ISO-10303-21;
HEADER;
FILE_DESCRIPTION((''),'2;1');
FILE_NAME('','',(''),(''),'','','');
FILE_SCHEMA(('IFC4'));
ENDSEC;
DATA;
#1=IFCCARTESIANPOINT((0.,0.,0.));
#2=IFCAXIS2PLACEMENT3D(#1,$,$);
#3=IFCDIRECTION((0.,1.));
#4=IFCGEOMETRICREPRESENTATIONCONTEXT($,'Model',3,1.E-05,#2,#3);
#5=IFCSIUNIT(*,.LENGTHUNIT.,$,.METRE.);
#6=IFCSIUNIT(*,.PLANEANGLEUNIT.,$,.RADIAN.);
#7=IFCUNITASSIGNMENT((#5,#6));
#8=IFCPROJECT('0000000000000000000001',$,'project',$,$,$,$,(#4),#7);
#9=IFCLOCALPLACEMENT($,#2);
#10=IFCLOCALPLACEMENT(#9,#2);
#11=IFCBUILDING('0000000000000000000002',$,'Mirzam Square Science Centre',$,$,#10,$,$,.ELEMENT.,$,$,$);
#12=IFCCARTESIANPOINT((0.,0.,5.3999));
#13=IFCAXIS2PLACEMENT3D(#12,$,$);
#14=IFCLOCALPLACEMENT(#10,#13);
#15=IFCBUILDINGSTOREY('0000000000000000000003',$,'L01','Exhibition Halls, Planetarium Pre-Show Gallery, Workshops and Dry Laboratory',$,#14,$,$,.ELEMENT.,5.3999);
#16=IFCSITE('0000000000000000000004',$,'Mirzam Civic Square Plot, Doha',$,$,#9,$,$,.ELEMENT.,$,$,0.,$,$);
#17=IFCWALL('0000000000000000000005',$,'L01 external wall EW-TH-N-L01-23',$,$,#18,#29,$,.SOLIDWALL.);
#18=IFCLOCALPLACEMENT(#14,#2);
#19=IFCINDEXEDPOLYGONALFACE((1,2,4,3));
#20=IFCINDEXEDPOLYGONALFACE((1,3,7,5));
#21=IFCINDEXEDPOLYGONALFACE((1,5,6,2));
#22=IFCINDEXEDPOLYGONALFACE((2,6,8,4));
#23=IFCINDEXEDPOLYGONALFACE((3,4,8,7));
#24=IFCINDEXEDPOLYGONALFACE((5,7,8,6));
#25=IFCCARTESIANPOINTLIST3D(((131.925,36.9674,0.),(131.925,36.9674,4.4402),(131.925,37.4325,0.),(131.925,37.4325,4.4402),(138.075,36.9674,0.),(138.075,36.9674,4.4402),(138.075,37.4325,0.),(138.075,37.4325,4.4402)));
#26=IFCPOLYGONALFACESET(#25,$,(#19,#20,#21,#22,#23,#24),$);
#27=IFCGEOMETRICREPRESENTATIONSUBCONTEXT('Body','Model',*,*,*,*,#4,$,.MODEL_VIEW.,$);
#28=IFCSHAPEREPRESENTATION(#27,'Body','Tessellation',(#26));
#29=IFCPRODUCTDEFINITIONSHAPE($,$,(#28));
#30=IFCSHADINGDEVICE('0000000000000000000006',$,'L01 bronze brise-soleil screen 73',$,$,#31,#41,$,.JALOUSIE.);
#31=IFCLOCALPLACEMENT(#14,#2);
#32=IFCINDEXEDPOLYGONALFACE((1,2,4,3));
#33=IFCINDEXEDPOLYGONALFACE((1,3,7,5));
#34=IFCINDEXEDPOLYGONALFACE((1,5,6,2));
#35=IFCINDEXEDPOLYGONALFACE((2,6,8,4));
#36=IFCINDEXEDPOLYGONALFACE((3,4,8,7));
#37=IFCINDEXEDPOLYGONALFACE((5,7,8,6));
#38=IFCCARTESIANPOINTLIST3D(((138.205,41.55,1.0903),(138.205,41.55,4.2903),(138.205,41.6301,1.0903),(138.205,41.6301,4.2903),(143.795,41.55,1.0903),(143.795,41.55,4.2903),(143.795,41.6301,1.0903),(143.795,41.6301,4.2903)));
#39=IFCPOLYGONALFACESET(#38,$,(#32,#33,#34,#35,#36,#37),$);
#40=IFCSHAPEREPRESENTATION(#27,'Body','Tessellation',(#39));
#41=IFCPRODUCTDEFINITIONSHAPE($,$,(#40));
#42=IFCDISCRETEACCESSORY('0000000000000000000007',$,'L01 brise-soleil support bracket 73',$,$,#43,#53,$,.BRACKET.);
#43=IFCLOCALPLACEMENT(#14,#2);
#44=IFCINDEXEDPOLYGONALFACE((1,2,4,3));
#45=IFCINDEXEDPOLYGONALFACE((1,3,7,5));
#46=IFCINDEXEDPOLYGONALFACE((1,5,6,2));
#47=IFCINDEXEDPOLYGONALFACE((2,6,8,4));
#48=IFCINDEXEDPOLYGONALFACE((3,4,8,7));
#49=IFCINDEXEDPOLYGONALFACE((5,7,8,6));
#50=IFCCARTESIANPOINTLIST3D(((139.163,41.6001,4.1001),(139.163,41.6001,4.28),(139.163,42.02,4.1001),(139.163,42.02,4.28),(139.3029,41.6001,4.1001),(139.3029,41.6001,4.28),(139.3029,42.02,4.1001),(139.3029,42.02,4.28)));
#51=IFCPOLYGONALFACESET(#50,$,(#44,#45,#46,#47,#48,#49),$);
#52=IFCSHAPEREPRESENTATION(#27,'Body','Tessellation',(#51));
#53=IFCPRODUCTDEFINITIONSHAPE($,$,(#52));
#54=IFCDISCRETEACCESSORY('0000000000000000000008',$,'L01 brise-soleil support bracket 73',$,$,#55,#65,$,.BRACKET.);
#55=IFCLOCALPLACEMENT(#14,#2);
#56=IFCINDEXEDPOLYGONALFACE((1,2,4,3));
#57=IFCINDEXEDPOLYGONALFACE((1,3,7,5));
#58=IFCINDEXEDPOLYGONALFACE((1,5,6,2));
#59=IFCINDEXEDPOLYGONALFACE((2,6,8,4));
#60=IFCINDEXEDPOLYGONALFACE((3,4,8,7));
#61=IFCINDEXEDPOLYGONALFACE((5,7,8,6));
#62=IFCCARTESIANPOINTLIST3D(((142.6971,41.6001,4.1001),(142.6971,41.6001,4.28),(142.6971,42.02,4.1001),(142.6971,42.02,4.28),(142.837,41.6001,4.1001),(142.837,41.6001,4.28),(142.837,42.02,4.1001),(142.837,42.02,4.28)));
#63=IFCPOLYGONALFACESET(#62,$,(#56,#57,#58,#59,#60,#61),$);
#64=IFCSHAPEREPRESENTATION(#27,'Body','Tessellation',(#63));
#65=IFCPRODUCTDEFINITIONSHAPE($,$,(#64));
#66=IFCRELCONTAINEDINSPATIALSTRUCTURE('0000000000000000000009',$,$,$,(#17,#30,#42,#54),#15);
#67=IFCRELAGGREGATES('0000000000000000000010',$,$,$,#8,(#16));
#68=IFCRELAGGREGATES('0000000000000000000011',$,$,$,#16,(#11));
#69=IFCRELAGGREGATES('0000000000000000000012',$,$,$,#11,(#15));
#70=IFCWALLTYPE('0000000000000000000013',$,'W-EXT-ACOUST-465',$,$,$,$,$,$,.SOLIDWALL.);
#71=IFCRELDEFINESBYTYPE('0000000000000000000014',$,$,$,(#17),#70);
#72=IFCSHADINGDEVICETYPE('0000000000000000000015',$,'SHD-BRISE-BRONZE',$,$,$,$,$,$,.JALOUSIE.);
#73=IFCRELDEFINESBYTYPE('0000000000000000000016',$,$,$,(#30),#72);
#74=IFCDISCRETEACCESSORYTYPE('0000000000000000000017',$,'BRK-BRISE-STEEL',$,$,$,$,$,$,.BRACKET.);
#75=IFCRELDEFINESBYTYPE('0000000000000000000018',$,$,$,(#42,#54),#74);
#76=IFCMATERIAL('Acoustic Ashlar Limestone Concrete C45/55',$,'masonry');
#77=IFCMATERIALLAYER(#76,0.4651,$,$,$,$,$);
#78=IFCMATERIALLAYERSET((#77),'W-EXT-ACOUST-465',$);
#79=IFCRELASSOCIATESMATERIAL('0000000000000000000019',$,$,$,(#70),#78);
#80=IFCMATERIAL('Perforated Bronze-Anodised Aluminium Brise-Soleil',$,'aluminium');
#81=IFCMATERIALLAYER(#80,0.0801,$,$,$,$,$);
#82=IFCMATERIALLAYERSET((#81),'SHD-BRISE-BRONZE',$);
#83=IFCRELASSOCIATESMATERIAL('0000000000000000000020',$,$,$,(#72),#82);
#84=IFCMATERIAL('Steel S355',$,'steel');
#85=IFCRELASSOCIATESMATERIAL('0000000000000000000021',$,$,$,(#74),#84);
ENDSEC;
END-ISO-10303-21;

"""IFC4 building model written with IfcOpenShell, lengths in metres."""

from ifc_helpers import new_model, si_unit, direction, frame, frame_2d, origin, origin_2d, place, context, subcontext, project, spatial, rectangle, extrude, material, layer, layer_set, type_object, element, save


model = new_model("IFC4")

# Units and contexts
model_context = context("Model", 3, precision=1e-05, world=origin(), true_north=direction((0.0, 1.0)))
body_context = subcontext(model_context, "Body", "Model", "MODEL_VIEW")
ifc_project = project(units=[si_unit("LENGTHUNIT", "METRE"), si_unit("PLANEANGLEUNIT", "RADIAN")], contexts=[model_context])

# Site, building, storey
site_placement = place(None, origin())
site = spatial("IfcSite", under=ifc_project, at=site_placement, Name="Mirzam Civic Square Plot, Doha", CompositionType="ELEMENT", RefElevation=0.0)
building_placement = place(site_placement, origin())
building = spatial("IfcBuilding", under=site, at=building_placement, Name="Mirzam Square Science Centre", CompositionType="ELEMENT")
storey_placement = place(building_placement, frame((0.0, 0.0, 5.3999)))
storey = spatial("IfcBuildingStorey", under=building, at=storey_placement, Name="L01", Description="Exhibition Halls, Planetarium Pre-Show Gallery, Workshops and Dry Laboratory", CompositionType="ELEMENT", Elevation=5.3999)

# Shared definitions
ifc_material_1 = material(Name="Steel S355", Category="steel")

# Wall
ifc_material_2 = material(Name="Acoustic Ashlar Limestone Concrete C45/55", Category="masonry")
ifc_layer_1 = layer(ifc_material_2, 0.4651)
ifc_layer_set_1 = layer_set([ifc_layer_1], Name="W-EXT-ACOUST-465")
wall_type = type_object("IfcWallType", Name="W-EXT-ACOUST-465", PredefinedType="SOLIDWALL", material=ifc_layer_set_1)
wall_1_placement = place(storey_placement, frame((138.075, 37.2, 0.0), z_axis=(0.0, 0.0, 1.0), x_axis=(-1.0, 0.0, 0.0)))
element("IfcWall", 1, at=wall_1_placement, inside=storey, type_object=wall_type, Name="L01 external wall EW-TH-N-L01-23", PredefinedType="SOLIDWALL", context=body_context, shape_type="SweptSolid", body=[
    extrude(rectangle(XDim=6.1499, YDim=0.4651, at=frame_2d((3.075, 0.0))), origin(), (0.0, 0.0, 1.0), 4.4402),
])

# Shading device
ifc_material_3 = material(Name="Perforated Bronze-Anodised Aluminium Brise-Soleil", Category="aluminium")
ifc_layer_2 = layer(ifc_material_3, 0.0801)
ifc_layer_set_2 = layer_set([ifc_layer_2], Name="SHD-BRISE-BRONZE")
shading_device_type = type_object("IfcShadingDeviceType", Name="SHD-BRISE-BRONZE", PredefinedType="JALOUSIE", material=ifc_layer_set_2)
shading_device_placement = place(storey_placement, frame((141.0, 41.5901, 1.0903), z_axis=(0.0, 0.0, 1.0), x_axis=(1.0, 0.0, 0.0)))
element("IfcShadingDevice", 2, at=shading_device_placement, inside=storey, type_object=shading_device_type, Name="L01 bronze brise-soleil screen 73", PredefinedType="JALOUSIE", context=body_context, shape_type="SweptSolid", body=[
    extrude(rectangle(XDim=5.5901, YDim=0.0801, at=origin_2d()), origin(), (0.0, 0.0, 1.0), 3.2),
])

# Discrete accessories
discrete_accessory_type = type_object("IfcDiscreteAccessoryType", Name="BRK-BRISE-STEEL", PredefinedType="BRACKET", material=ifc_material_1)
for number, where, z_axis, x_axis, name in (
    (3, (139.2329, 41.8101, 4.1001), (0.0, 0.0, 1.0), (1.0, 0.0, 0.0), "L01 brise-soleil support bracket 73"),
    (4, (142.7671, 41.8101, 4.1001), (0.0, 0.0, 1.0), (1.0, 0.0, 0.0), "L01 brise-soleil support bracket 73"),
):
    element("IfcDiscreteAccessory", number, at=place(storey_placement, frame(where, z_axis=z_axis, x_axis=x_axis)), inside=storey, type_object=discrete_accessory_type, Name=name, PredefinedType="BRACKET", context=body_context, shape_type="SweptSolid", body=[
        extrude(rectangle(XDim=0.1399, YDim=0.4199, at=origin_2d()), origin(), (0.0, 0.0, 1.0), 0.1799),
    ])

save(model, "model.ifc")
